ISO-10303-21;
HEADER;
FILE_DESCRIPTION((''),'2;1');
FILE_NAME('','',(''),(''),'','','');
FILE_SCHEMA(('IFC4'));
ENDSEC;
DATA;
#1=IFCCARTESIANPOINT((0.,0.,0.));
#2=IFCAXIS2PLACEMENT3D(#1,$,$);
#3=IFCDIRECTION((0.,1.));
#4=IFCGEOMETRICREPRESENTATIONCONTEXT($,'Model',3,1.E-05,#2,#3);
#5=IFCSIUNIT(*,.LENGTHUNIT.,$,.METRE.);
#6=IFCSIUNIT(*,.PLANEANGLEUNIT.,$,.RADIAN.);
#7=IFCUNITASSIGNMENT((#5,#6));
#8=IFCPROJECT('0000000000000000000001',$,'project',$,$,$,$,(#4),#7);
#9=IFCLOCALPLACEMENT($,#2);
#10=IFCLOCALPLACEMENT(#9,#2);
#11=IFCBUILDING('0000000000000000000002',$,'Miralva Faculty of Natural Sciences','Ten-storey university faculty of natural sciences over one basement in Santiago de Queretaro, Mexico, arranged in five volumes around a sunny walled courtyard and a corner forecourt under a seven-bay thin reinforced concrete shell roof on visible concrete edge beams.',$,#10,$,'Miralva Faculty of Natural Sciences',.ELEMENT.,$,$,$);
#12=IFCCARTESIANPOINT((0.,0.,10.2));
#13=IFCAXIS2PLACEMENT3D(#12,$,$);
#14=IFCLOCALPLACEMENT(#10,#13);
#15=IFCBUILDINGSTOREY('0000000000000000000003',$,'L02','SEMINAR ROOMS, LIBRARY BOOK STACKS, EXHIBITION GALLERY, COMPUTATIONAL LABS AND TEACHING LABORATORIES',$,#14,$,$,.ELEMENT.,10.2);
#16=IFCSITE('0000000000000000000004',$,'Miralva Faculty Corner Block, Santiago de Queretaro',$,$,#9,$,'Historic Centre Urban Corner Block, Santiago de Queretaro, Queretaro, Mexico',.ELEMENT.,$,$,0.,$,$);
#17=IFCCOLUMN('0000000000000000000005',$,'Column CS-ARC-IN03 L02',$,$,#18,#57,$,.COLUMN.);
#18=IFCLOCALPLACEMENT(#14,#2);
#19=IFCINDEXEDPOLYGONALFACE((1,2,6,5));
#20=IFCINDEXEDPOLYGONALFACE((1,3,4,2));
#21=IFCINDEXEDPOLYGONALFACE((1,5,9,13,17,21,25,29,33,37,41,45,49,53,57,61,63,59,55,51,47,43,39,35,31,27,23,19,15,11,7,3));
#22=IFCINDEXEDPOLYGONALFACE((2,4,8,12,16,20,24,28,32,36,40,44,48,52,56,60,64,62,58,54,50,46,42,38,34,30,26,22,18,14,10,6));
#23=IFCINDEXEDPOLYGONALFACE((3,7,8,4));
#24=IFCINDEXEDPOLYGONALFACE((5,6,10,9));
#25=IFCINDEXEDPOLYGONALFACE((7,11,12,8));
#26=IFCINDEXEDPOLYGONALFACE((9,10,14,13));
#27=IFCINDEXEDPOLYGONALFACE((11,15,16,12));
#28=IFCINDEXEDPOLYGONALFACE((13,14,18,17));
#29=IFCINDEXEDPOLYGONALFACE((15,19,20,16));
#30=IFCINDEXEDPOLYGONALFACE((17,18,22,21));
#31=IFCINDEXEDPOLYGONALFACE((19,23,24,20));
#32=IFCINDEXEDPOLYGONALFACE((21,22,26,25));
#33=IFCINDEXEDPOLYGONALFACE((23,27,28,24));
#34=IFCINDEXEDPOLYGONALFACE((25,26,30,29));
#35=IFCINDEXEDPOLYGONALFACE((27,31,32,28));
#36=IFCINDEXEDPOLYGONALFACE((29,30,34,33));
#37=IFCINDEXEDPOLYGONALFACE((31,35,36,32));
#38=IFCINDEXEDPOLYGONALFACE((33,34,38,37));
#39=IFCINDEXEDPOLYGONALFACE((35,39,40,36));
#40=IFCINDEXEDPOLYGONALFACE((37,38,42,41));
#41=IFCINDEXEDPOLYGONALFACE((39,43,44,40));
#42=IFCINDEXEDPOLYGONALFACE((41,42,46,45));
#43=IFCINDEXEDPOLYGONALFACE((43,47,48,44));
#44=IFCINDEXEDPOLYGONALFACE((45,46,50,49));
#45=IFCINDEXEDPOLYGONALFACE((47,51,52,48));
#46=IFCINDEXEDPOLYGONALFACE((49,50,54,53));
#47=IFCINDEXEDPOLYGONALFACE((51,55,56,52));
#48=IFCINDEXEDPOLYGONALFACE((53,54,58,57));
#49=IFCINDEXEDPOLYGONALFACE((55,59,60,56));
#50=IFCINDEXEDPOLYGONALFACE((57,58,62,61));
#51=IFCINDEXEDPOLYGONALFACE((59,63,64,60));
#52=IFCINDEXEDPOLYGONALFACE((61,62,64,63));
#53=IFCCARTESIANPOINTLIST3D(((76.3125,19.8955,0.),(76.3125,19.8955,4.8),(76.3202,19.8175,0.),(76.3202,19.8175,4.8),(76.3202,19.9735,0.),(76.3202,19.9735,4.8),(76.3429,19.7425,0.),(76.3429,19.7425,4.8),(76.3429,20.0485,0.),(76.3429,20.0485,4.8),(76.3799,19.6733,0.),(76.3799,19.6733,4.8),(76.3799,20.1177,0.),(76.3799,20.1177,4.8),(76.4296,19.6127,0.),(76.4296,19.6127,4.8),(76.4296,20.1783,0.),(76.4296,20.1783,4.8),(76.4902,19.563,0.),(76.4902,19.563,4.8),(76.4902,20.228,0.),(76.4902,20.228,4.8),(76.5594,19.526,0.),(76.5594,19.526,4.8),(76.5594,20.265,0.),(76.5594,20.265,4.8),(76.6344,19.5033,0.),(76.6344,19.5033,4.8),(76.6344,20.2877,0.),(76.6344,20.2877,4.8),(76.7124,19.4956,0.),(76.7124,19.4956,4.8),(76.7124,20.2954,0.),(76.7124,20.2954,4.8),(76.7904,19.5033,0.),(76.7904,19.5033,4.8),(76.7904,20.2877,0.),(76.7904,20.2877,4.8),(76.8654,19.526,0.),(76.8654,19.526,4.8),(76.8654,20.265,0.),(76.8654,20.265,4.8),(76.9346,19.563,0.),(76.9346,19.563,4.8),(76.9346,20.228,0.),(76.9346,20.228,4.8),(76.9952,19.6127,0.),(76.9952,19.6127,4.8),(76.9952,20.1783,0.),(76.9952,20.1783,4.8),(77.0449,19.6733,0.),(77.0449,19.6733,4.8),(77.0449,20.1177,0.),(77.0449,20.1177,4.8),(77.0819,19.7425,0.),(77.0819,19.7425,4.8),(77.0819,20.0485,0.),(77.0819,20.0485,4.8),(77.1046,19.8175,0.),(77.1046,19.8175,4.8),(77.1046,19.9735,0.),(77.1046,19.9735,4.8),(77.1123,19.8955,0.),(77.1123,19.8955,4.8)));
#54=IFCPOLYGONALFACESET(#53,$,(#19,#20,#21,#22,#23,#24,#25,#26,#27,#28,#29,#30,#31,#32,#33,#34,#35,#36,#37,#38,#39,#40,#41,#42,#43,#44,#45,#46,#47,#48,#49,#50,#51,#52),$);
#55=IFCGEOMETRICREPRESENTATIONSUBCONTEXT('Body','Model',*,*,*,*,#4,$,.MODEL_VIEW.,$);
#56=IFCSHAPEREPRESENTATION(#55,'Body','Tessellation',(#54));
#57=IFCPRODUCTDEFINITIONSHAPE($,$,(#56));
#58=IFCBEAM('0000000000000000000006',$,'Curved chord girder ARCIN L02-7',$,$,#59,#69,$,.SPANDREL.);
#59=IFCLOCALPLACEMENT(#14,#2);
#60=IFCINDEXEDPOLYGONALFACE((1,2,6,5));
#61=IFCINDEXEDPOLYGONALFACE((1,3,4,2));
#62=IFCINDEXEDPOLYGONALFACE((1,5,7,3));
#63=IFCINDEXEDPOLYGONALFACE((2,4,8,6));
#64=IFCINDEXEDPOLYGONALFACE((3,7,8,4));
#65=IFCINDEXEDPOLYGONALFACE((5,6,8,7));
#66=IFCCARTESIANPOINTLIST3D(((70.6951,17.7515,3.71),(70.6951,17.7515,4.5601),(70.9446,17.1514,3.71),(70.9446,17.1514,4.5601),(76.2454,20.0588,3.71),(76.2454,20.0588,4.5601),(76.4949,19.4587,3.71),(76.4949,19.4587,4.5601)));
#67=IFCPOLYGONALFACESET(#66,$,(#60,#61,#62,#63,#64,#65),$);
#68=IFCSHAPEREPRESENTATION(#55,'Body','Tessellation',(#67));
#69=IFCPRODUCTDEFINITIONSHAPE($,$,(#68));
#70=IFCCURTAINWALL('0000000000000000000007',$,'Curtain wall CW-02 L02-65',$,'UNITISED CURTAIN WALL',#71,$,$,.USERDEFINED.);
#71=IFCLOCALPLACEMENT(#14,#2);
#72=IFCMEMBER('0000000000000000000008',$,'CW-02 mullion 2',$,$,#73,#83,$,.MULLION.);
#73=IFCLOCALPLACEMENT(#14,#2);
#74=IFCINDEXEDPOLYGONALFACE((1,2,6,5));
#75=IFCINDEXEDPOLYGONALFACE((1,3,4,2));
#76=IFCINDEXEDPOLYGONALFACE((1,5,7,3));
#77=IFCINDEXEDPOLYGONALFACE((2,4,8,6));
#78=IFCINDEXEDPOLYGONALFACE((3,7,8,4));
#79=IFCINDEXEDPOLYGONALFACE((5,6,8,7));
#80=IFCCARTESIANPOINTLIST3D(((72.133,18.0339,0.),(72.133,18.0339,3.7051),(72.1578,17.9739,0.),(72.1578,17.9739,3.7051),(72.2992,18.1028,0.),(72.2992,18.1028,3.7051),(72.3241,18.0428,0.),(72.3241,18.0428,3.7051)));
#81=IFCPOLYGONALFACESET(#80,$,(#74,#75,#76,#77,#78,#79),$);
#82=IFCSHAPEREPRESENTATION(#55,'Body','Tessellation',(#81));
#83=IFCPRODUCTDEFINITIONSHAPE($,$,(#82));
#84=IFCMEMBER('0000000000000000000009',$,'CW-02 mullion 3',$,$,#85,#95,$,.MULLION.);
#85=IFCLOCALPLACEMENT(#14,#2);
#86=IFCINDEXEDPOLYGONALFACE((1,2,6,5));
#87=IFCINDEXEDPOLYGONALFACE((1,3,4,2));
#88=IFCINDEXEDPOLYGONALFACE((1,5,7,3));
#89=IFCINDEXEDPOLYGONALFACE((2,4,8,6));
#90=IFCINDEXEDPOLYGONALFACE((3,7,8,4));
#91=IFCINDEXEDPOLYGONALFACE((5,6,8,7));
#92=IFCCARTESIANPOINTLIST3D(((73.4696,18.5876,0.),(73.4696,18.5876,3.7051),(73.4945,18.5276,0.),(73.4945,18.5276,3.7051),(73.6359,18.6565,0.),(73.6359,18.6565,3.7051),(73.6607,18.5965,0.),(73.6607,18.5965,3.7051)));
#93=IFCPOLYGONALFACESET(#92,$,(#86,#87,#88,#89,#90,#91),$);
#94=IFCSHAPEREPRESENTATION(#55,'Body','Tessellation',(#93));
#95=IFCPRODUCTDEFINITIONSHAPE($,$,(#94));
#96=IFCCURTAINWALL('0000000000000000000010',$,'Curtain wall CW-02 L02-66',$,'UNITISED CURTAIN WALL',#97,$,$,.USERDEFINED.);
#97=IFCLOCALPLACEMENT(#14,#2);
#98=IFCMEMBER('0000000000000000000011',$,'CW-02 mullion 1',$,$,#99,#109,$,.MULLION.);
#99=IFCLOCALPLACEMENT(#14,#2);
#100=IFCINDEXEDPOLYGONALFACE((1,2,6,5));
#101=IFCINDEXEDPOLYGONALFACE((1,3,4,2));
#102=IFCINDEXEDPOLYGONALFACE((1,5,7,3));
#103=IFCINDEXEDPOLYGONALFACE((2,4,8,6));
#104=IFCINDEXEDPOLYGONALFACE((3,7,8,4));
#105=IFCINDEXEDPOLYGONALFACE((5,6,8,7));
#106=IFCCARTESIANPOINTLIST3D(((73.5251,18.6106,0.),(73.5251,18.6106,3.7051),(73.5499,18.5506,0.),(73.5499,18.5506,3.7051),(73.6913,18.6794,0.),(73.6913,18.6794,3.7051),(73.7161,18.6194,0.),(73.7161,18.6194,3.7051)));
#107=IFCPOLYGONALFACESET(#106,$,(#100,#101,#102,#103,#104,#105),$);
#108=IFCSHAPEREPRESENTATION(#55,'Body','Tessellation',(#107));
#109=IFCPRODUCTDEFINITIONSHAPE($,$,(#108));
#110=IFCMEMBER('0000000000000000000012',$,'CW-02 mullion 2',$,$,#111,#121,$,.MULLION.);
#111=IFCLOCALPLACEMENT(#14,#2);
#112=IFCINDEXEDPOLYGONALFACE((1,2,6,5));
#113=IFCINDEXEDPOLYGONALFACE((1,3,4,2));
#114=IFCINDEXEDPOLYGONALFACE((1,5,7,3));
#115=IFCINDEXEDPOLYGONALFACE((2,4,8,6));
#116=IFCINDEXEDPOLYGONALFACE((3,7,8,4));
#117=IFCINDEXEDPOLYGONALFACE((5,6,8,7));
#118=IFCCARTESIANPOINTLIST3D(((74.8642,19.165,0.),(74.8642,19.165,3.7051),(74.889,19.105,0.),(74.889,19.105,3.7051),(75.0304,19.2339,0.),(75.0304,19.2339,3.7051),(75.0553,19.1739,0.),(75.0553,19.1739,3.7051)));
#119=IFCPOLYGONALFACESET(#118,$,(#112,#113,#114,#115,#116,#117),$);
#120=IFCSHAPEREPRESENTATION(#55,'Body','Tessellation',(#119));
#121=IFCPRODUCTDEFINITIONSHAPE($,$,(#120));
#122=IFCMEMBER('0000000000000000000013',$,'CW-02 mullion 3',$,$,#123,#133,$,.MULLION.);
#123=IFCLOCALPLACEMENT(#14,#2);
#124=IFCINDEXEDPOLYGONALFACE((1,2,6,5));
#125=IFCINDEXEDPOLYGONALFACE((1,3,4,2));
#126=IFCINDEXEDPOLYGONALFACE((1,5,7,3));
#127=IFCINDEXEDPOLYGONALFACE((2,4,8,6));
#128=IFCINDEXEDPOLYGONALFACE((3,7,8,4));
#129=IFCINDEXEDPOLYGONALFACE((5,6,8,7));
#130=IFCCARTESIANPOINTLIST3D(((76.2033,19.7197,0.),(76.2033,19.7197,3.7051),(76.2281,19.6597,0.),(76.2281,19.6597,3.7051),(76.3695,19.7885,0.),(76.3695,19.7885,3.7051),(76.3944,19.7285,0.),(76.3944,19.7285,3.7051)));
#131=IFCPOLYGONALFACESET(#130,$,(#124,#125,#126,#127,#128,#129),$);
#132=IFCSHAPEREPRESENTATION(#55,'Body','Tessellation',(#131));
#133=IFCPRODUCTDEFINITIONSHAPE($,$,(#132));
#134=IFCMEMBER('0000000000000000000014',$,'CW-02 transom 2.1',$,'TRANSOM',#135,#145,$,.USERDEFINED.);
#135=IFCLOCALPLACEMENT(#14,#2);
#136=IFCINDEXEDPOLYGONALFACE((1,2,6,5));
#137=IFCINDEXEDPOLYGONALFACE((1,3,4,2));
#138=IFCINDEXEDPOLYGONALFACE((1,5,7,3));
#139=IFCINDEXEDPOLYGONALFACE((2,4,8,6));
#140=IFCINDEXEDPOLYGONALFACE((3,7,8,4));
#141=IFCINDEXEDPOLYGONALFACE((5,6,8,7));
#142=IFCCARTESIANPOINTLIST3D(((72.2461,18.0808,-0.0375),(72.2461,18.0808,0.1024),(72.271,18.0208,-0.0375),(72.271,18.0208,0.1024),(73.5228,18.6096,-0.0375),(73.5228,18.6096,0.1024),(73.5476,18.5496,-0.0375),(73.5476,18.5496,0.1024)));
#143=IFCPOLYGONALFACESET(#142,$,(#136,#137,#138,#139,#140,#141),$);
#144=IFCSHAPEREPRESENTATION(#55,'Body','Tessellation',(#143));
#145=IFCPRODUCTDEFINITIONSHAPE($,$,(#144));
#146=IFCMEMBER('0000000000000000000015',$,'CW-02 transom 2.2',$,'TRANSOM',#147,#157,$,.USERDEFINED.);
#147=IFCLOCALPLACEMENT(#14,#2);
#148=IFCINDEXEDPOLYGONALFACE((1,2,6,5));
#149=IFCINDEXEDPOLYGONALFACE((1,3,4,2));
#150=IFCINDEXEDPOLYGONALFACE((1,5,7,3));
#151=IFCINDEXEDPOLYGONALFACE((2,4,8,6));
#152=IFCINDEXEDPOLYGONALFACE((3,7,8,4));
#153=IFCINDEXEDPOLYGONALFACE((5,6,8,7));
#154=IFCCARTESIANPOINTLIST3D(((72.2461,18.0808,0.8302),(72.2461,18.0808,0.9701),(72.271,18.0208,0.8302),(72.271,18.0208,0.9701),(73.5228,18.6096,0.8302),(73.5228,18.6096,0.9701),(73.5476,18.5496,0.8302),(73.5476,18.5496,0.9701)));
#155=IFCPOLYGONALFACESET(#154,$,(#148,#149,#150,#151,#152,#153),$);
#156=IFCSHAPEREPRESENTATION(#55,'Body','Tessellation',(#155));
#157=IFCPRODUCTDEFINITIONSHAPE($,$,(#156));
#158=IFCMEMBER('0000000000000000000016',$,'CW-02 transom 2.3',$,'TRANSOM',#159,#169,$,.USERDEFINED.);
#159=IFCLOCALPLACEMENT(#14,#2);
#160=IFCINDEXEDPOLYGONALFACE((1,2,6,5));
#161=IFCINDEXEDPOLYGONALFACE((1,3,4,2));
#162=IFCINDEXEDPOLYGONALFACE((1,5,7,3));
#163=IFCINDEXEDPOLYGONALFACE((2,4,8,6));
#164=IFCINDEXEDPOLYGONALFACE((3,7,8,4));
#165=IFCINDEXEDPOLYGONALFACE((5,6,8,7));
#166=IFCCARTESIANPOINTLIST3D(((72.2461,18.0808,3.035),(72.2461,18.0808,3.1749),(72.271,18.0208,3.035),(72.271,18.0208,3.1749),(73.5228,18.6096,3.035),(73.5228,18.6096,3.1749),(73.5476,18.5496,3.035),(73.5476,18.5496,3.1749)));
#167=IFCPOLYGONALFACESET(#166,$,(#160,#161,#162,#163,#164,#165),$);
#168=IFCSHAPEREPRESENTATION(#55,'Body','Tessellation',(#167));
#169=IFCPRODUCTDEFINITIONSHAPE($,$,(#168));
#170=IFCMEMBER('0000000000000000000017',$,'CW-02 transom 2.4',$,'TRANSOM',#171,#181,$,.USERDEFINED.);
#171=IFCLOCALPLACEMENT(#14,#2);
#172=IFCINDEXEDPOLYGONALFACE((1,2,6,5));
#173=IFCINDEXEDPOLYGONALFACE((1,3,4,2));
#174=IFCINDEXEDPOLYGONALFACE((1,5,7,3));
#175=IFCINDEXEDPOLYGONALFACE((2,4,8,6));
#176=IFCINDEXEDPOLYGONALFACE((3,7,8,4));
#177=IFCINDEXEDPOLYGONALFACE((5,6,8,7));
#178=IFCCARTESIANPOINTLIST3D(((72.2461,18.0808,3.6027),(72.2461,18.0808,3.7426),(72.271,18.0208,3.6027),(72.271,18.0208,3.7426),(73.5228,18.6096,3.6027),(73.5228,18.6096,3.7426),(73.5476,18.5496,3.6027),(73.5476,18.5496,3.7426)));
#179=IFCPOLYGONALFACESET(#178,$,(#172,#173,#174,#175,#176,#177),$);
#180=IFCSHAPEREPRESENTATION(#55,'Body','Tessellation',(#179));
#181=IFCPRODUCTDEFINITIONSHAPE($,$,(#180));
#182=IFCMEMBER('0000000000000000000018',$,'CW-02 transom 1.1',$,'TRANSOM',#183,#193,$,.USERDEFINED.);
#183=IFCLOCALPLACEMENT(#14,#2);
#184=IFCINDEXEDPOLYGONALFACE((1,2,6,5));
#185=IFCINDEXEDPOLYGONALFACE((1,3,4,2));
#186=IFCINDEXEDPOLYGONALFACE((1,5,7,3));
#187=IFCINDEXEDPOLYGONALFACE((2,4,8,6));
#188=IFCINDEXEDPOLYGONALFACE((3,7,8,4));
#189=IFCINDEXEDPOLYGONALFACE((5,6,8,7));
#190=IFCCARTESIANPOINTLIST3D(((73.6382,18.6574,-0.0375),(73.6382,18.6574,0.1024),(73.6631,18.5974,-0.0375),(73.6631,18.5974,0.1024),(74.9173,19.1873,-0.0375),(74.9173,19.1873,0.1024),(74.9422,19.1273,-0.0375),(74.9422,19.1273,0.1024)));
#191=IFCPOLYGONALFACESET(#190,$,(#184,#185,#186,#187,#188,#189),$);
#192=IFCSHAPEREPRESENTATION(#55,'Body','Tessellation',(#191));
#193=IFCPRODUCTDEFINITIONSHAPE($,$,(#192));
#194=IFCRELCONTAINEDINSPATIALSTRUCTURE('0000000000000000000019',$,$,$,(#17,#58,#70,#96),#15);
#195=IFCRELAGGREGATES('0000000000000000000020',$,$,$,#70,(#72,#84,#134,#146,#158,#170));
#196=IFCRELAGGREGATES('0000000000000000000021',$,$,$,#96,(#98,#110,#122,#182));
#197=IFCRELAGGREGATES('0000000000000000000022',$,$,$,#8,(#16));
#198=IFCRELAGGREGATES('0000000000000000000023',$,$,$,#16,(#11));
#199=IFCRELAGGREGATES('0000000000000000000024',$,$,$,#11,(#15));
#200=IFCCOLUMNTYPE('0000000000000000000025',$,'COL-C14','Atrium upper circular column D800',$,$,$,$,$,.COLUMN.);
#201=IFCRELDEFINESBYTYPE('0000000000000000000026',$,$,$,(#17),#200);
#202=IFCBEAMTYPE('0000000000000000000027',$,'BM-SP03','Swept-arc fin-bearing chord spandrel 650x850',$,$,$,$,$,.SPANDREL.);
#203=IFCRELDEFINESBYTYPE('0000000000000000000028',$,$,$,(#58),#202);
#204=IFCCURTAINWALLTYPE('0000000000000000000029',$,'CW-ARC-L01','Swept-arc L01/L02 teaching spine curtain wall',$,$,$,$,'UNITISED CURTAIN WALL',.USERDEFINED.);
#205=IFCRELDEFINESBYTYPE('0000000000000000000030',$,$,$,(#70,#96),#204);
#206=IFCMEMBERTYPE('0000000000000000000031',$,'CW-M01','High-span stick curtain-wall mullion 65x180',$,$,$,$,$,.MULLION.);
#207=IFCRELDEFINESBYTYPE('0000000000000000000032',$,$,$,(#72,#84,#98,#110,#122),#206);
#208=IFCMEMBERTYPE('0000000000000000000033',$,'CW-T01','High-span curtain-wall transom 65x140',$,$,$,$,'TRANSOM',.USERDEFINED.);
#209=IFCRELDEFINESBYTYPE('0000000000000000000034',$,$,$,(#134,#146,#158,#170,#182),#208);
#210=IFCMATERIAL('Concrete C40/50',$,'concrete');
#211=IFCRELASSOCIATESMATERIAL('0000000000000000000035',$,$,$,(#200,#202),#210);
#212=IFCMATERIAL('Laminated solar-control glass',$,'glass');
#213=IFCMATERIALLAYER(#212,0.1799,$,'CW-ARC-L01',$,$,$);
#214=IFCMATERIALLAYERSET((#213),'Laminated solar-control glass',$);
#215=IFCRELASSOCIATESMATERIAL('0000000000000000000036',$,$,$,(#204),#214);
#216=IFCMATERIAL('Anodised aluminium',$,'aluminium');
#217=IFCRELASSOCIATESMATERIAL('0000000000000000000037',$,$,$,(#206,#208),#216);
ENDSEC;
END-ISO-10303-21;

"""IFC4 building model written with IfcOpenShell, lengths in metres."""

from ifc_helpers import new_model, si_unit, direction, frame, origin, origin_2d, place, context, subcontext, project, spatial, rectangle, circle, extrude, material, layer, layer_set, material_profile, profile_set, type_object, element, aggregate, save


model = new_model("IFC4")

# Units and contexts
model_context = context("Model", 3, precision=1e-05, world=origin(), true_north=direction((0.0, 1.0)))
body_context = subcontext(model_context, "Body", "Model", "MODEL_VIEW")
ifc_project = project(units=[si_unit("LENGTHUNIT", "METRE"), si_unit("PLANEANGLEUNIT", "RADIAN")], contexts=[model_context])

# Site, building, storey
site_placement = place(None, origin())
site = spatial("IfcSite", under=ifc_project, at=site_placement, Name="Miralva Faculty Corner Block, Santiago de Queretaro", LongName="Historic Centre Urban Corner Block, Santiago de Queretaro, Queretaro, Mexico", CompositionType="ELEMENT", RefElevation=0.0)
building_placement = place(site_placement, origin())
building = spatial("IfcBuilding", under=site, at=building_placement, Name="Miralva Faculty of Natural Sciences", Description="Ten-storey university faculty of natural sciences over one basement in Santiago de Queretaro, Mexico, arranged in five volumes around a sunny walled courtyard and a corner forecourt under a seven-bay thin reinforced concrete shell roof on visible concrete edge beams.", LongName="Miralva Faculty of Natural Sciences", CompositionType="ELEMENT")
storey_placement = place(building_placement, frame((0.0, 0.0, 10.2)))
storey = spatial("IfcBuildingStorey", under=building, at=storey_placement, Name="L02", Description="SEMINAR ROOMS, LIBRARY BOOK STACKS, EXHIBITION GALLERY, COMPUTATIONAL LABS AND TEACHING LABORATORIES", CompositionType="ELEMENT", Elevation=10.2)

# Column
ifc_material_1 = material(Name="Concrete C40/50", Category="concrete")
ifc_material_profile_1 = material_profile(ifc_material_1, circle(Radius=0.3999, at=origin_2d()), Name="RC DIA 800")
ifc_profile_set_1 = profile_set([ifc_material_profile_1], Name="Concrete C40/50")
column_type = type_object("IfcColumnType", Name="COL-C14", Description="Atrium upper circular column D800", PredefinedType="COLUMN", material=ifc_profile_set_1)
column_placement = place(storey_placement, frame((76.7124, 19.8955, 0.0), z_axis=(0.0, 0.0, 1.0), x_axis=(1.0, 0.0, 0.0)))
element("IfcColumn", 1, at=column_placement, inside=storey, type_object=column_type, Name="Column CS-ARC-IN03 L02", PredefinedType="COLUMN", context=body_context, shape_type="SweptSolid", body=[
    extrude(circle(Radius=0.3999, at=origin_2d()), origin(), (0.0, 0.0, 1.0), 4.8),
])

# Beam
ifc_material_profile_2 = material_profile(ifc_material_1, rectangle(XDim=0.6499, YDim=0.8501, at=origin_2d()), Name="RC 650x850")
ifc_profile_set_2 = profile_set([ifc_material_profile_2], Name="Concrete C40/50")
beam_type = type_object("IfcBeamType", Name="BM-SP03", Description="Swept-arc fin-bearing chord spandrel 650x850", PredefinedType="SPANDREL", material=ifc_profile_set_2)
beam_placement = place(storey_placement, frame((76.3701, 19.7588, 4.135), z_axis=(-0.923387, -0.383871, 0.0), x_axis=(0.383871, -0.923387, 0.0)))
element("IfcBeam", 2, at=beam_placement, inside=storey, type_object=beam_type, Name="Curved chord girder ARCIN L02-7", PredefinedType="SPANDREL", context=body_context, shape_type="SweptSolid", body=[
    extrude(rectangle(XDim=0.6499, YDim=0.8501, at=origin_2d()), origin(), (0.0, 0.0, 1.0), 6.0107),
])

# Curtain walls, members
ifc_material_2 = material(Name="Laminated solar-control glass", Category="glass")
ifc_layer_1 = layer(ifc_material_2, 0.1799, Name="CW-ARC-L01")
ifc_layer_set_1 = layer_set([ifc_layer_1], Name="Laminated solar-control glass")
curtain_wall_type = type_object("IfcCurtainWallType", Name="CW-ARC-L01", Description="Swept-arc L01/L02 teaching spine curtain wall", ElementType="UNITISED CURTAIN WALL", PredefinedType="USERDEFINED", material=ifc_layer_set_1)
curtain_wall_1_placement = place(storey_placement, origin())
curtain_wall_1 = element("IfcCurtainWall", 3, at=curtain_wall_1_placement, inside=storey, type_object=curtain_wall_type, Name="Curtain wall CW-02 L02-65", ObjectType="UNITISED CURTAIN WALL", PredefinedType="USERDEFINED")
ifc_material_3 = material(Name="Anodised aluminium", Category="aluminium")
ifc_material_profile_3 = material_profile(ifc_material_3, rectangle(XDim=0.0649, YDim=0.1799, at=origin_2d()), Name="MULLION 65x180")
ifc_profile_set_3 = profile_set([ifc_material_profile_3], Name="Anodised aluminium")
member_type_1 = type_object("IfcMemberType", Name="CW-M01", Description="High-span stick curtain-wall mullion 65x180", PredefinedType="MULLION", material=ifc_profile_set_3)
member_1_placement = place(storey_placement, frame((72.2285, 18.0383, 0.0), z_axis=(0.0, 0.0, 1.0), x_axis=(-0.382697, 0.923874, 0.0)))
member_1 = element("IfcMember", 4, at=member_1_placement, type_object=member_type_1, Name="CW-02 mullion 2", PredefinedType="MULLION", context=body_context, shape_type="SweptSolid", body=[
    extrude(rectangle(XDim=0.0649, YDim=0.1799, at=origin_2d()), origin(), (0.0, 0.0, 1.0), 3.7051),
])
member_2_placement = place(storey_placement, frame((73.5652, 18.592, 0.0), z_axis=(0.0, 0.0, 1.0), x_axis=(-0.382697, 0.923874, 0.0)))
member_2 = element("IfcMember", 5, at=member_2_placement, type_object=member_type_1, Name="CW-02 mullion 3", PredefinedType="MULLION", context=body_context, shape_type="SweptSolid", body=[
    extrude(rectangle(XDim=0.0649, YDim=0.1799, at=origin_2d()), origin(), (0.0, 0.0, 1.0), 3.7051),
])
curtain_wall_2_placement = place(storey_placement, origin())
curtain_wall_2 = element("IfcCurtainWall", 6, at=curtain_wall_2_placement, inside=storey, type_object=curtain_wall_type, Name="Curtain wall CW-02 L02-66", ObjectType="UNITISED CURTAIN WALL", PredefinedType="USERDEFINED")
member_3_placement = place(storey_placement, frame((73.6206, 18.615, 0.0), z_axis=(0.0, 0.0, 1.0), x_axis=(-0.382655, 0.923891, 0.0)))
member_3 = element("IfcMember", 7, at=member_3_placement, type_object=member_type_1, Name="CW-02 mullion 1", PredefinedType="MULLION", context=body_context, shape_type="SweptSolid", body=[
    extrude(rectangle(XDim=0.0649, YDim=0.1799, at=origin_2d()), origin(), (0.0, 0.0, 1.0), 3.7051),
])
member_4_placement = place(storey_placement, frame((74.9597, 19.1694, 0.0), z_axis=(0.0, 0.0, 1.0), x_axis=(-0.382655, 0.923891, 0.0)))
member_4 = element("IfcMember", 8, at=member_4_placement, type_object=member_type_1, Name="CW-02 mullion 2", PredefinedType="MULLION", context=body_context, shape_type="SweptSolid", body=[
    extrude(rectangle(XDim=0.0649, YDim=0.1799, at=origin_2d()), origin(), (0.0, 0.0, 1.0), 3.7051),
])
member_5_placement = place(storey_placement, frame((76.2988, 19.7241, 0.0), z_axis=(0.0, 0.0, 1.0), x_axis=(-0.382655, 0.923891, 0.0)))
member_5 = element("IfcMember", 9, at=member_5_placement, type_object=member_type_1, Name="CW-02 mullion 3", PredefinedType="MULLION", context=body_context, shape_type="SweptSolid", body=[
    extrude(rectangle(XDim=0.0649, YDim=0.1799, at=origin_2d()), origin(), (0.0, 0.0, 1.0), 3.7051),
])

# Members
ifc_material_profile_4 = material_profile(ifc_material_3, rectangle(XDim=0.0649, YDim=0.1399, at=origin_2d()), Name="TRANSOM 65x140")
ifc_profile_set_4 = profile_set([ifc_material_profile_4], Name="Anodised aluminium")
member_type_2 = type_object("IfcMemberType", Name="CW-T01", Description="High-span curtain-wall transom 65x140", ElementType="TRANSOM", PredefinedType="USERDEFINED", material=ifc_profile_set_4)
member_6_placement = place(storey_placement, frame((72.2585, 18.0508, 0.0325), z_axis=(0.923875, 0.382695, 0.0), x_axis=(-0.382695, 0.923875, 0.0)))
member_6 = element("IfcMember", 10, at=member_6_placement, type_object=member_type_2, Name="CW-02 transom 2.1", ObjectType="TRANSOM", PredefinedType="USERDEFINED", context=body_context, shape_type="SweptSolid", body=[
    extrude(rectangle(XDim=0.0649, YDim=0.1399, at=origin_2d()), origin(), (0.0, 0.0, 1.0), 1.3818),
])
member_7_placement = place(storey_placement, frame((72.2585, 18.0508, 0.9001), z_axis=(0.923875, 0.382695, 0.0), x_axis=(-0.382695, 0.923875, 0.0)))
member_7 = element("IfcMember", 11, at=member_7_placement, type_object=member_type_2, Name="CW-02 transom 2.2", ObjectType="TRANSOM", PredefinedType="USERDEFINED", context=body_context, shape_type="SweptSolid", body=[
    extrude(rectangle(XDim=0.0649, YDim=0.1399, at=origin_2d()), origin(), (0.0, 0.0, 1.0), 1.3818),
])
member_8_placement = place(storey_placement, frame((72.2585, 18.0508, 3.105), z_axis=(0.923875, 0.382695, 0.0), x_axis=(-0.382695, 0.923875, 0.0)))
member_8 = element("IfcMember", 12, at=member_8_placement, type_object=member_type_2, Name="CW-02 transom 2.3", ObjectType="TRANSOM", PredefinedType="USERDEFINED", context=body_context, shape_type="SweptSolid", body=[
    extrude(rectangle(XDim=0.0649, YDim=0.1399, at=origin_2d()), origin(), (0.0, 0.0, 1.0), 1.3818),
])
member_9_placement = place(storey_placement, frame((72.2585, 18.0508, 3.6726), z_axis=(0.923875, 0.382695, 0.0), x_axis=(-0.382695, 0.923875, 0.0)))
member_9 = element("IfcMember", 13, at=member_9_placement, type_object=member_type_2, Name="CW-02 transom 2.4", ObjectType="TRANSOM", PredefinedType="USERDEFINED", context=body_context, shape_type="SweptSolid", body=[
    extrude(rectangle(XDim=0.0649, YDim=0.1399, at=origin_2d()), origin(), (0.0, 0.0, 1.0), 1.3818),
])
member_10_placement = place(storey_placement, frame((73.6506, 18.6274, 0.0325), z_axis=(0.923884, 0.382674, 0.0), x_axis=(-0.382674, 0.923884, 0.0)))
member_10 = element("IfcMember", 14, at=member_10_placement, type_object=member_type_2, Name="CW-02 transom 1.1", ObjectType="TRANSOM", PredefinedType="USERDEFINED", context=body_context, shape_type="SweptSolid", body=[
    extrude(rectangle(XDim=0.0649, YDim=0.1399, at=origin_2d()), origin(), (0.0, 0.0, 1.0), 1.3845),
])

aggregate(curtain_wall_1, [member_1, member_2, member_6, member_7, member_8, member_9])
aggregate(curtain_wall_2, [member_3, member_4, member_5, member_10])

save(model, "model.ifc")
